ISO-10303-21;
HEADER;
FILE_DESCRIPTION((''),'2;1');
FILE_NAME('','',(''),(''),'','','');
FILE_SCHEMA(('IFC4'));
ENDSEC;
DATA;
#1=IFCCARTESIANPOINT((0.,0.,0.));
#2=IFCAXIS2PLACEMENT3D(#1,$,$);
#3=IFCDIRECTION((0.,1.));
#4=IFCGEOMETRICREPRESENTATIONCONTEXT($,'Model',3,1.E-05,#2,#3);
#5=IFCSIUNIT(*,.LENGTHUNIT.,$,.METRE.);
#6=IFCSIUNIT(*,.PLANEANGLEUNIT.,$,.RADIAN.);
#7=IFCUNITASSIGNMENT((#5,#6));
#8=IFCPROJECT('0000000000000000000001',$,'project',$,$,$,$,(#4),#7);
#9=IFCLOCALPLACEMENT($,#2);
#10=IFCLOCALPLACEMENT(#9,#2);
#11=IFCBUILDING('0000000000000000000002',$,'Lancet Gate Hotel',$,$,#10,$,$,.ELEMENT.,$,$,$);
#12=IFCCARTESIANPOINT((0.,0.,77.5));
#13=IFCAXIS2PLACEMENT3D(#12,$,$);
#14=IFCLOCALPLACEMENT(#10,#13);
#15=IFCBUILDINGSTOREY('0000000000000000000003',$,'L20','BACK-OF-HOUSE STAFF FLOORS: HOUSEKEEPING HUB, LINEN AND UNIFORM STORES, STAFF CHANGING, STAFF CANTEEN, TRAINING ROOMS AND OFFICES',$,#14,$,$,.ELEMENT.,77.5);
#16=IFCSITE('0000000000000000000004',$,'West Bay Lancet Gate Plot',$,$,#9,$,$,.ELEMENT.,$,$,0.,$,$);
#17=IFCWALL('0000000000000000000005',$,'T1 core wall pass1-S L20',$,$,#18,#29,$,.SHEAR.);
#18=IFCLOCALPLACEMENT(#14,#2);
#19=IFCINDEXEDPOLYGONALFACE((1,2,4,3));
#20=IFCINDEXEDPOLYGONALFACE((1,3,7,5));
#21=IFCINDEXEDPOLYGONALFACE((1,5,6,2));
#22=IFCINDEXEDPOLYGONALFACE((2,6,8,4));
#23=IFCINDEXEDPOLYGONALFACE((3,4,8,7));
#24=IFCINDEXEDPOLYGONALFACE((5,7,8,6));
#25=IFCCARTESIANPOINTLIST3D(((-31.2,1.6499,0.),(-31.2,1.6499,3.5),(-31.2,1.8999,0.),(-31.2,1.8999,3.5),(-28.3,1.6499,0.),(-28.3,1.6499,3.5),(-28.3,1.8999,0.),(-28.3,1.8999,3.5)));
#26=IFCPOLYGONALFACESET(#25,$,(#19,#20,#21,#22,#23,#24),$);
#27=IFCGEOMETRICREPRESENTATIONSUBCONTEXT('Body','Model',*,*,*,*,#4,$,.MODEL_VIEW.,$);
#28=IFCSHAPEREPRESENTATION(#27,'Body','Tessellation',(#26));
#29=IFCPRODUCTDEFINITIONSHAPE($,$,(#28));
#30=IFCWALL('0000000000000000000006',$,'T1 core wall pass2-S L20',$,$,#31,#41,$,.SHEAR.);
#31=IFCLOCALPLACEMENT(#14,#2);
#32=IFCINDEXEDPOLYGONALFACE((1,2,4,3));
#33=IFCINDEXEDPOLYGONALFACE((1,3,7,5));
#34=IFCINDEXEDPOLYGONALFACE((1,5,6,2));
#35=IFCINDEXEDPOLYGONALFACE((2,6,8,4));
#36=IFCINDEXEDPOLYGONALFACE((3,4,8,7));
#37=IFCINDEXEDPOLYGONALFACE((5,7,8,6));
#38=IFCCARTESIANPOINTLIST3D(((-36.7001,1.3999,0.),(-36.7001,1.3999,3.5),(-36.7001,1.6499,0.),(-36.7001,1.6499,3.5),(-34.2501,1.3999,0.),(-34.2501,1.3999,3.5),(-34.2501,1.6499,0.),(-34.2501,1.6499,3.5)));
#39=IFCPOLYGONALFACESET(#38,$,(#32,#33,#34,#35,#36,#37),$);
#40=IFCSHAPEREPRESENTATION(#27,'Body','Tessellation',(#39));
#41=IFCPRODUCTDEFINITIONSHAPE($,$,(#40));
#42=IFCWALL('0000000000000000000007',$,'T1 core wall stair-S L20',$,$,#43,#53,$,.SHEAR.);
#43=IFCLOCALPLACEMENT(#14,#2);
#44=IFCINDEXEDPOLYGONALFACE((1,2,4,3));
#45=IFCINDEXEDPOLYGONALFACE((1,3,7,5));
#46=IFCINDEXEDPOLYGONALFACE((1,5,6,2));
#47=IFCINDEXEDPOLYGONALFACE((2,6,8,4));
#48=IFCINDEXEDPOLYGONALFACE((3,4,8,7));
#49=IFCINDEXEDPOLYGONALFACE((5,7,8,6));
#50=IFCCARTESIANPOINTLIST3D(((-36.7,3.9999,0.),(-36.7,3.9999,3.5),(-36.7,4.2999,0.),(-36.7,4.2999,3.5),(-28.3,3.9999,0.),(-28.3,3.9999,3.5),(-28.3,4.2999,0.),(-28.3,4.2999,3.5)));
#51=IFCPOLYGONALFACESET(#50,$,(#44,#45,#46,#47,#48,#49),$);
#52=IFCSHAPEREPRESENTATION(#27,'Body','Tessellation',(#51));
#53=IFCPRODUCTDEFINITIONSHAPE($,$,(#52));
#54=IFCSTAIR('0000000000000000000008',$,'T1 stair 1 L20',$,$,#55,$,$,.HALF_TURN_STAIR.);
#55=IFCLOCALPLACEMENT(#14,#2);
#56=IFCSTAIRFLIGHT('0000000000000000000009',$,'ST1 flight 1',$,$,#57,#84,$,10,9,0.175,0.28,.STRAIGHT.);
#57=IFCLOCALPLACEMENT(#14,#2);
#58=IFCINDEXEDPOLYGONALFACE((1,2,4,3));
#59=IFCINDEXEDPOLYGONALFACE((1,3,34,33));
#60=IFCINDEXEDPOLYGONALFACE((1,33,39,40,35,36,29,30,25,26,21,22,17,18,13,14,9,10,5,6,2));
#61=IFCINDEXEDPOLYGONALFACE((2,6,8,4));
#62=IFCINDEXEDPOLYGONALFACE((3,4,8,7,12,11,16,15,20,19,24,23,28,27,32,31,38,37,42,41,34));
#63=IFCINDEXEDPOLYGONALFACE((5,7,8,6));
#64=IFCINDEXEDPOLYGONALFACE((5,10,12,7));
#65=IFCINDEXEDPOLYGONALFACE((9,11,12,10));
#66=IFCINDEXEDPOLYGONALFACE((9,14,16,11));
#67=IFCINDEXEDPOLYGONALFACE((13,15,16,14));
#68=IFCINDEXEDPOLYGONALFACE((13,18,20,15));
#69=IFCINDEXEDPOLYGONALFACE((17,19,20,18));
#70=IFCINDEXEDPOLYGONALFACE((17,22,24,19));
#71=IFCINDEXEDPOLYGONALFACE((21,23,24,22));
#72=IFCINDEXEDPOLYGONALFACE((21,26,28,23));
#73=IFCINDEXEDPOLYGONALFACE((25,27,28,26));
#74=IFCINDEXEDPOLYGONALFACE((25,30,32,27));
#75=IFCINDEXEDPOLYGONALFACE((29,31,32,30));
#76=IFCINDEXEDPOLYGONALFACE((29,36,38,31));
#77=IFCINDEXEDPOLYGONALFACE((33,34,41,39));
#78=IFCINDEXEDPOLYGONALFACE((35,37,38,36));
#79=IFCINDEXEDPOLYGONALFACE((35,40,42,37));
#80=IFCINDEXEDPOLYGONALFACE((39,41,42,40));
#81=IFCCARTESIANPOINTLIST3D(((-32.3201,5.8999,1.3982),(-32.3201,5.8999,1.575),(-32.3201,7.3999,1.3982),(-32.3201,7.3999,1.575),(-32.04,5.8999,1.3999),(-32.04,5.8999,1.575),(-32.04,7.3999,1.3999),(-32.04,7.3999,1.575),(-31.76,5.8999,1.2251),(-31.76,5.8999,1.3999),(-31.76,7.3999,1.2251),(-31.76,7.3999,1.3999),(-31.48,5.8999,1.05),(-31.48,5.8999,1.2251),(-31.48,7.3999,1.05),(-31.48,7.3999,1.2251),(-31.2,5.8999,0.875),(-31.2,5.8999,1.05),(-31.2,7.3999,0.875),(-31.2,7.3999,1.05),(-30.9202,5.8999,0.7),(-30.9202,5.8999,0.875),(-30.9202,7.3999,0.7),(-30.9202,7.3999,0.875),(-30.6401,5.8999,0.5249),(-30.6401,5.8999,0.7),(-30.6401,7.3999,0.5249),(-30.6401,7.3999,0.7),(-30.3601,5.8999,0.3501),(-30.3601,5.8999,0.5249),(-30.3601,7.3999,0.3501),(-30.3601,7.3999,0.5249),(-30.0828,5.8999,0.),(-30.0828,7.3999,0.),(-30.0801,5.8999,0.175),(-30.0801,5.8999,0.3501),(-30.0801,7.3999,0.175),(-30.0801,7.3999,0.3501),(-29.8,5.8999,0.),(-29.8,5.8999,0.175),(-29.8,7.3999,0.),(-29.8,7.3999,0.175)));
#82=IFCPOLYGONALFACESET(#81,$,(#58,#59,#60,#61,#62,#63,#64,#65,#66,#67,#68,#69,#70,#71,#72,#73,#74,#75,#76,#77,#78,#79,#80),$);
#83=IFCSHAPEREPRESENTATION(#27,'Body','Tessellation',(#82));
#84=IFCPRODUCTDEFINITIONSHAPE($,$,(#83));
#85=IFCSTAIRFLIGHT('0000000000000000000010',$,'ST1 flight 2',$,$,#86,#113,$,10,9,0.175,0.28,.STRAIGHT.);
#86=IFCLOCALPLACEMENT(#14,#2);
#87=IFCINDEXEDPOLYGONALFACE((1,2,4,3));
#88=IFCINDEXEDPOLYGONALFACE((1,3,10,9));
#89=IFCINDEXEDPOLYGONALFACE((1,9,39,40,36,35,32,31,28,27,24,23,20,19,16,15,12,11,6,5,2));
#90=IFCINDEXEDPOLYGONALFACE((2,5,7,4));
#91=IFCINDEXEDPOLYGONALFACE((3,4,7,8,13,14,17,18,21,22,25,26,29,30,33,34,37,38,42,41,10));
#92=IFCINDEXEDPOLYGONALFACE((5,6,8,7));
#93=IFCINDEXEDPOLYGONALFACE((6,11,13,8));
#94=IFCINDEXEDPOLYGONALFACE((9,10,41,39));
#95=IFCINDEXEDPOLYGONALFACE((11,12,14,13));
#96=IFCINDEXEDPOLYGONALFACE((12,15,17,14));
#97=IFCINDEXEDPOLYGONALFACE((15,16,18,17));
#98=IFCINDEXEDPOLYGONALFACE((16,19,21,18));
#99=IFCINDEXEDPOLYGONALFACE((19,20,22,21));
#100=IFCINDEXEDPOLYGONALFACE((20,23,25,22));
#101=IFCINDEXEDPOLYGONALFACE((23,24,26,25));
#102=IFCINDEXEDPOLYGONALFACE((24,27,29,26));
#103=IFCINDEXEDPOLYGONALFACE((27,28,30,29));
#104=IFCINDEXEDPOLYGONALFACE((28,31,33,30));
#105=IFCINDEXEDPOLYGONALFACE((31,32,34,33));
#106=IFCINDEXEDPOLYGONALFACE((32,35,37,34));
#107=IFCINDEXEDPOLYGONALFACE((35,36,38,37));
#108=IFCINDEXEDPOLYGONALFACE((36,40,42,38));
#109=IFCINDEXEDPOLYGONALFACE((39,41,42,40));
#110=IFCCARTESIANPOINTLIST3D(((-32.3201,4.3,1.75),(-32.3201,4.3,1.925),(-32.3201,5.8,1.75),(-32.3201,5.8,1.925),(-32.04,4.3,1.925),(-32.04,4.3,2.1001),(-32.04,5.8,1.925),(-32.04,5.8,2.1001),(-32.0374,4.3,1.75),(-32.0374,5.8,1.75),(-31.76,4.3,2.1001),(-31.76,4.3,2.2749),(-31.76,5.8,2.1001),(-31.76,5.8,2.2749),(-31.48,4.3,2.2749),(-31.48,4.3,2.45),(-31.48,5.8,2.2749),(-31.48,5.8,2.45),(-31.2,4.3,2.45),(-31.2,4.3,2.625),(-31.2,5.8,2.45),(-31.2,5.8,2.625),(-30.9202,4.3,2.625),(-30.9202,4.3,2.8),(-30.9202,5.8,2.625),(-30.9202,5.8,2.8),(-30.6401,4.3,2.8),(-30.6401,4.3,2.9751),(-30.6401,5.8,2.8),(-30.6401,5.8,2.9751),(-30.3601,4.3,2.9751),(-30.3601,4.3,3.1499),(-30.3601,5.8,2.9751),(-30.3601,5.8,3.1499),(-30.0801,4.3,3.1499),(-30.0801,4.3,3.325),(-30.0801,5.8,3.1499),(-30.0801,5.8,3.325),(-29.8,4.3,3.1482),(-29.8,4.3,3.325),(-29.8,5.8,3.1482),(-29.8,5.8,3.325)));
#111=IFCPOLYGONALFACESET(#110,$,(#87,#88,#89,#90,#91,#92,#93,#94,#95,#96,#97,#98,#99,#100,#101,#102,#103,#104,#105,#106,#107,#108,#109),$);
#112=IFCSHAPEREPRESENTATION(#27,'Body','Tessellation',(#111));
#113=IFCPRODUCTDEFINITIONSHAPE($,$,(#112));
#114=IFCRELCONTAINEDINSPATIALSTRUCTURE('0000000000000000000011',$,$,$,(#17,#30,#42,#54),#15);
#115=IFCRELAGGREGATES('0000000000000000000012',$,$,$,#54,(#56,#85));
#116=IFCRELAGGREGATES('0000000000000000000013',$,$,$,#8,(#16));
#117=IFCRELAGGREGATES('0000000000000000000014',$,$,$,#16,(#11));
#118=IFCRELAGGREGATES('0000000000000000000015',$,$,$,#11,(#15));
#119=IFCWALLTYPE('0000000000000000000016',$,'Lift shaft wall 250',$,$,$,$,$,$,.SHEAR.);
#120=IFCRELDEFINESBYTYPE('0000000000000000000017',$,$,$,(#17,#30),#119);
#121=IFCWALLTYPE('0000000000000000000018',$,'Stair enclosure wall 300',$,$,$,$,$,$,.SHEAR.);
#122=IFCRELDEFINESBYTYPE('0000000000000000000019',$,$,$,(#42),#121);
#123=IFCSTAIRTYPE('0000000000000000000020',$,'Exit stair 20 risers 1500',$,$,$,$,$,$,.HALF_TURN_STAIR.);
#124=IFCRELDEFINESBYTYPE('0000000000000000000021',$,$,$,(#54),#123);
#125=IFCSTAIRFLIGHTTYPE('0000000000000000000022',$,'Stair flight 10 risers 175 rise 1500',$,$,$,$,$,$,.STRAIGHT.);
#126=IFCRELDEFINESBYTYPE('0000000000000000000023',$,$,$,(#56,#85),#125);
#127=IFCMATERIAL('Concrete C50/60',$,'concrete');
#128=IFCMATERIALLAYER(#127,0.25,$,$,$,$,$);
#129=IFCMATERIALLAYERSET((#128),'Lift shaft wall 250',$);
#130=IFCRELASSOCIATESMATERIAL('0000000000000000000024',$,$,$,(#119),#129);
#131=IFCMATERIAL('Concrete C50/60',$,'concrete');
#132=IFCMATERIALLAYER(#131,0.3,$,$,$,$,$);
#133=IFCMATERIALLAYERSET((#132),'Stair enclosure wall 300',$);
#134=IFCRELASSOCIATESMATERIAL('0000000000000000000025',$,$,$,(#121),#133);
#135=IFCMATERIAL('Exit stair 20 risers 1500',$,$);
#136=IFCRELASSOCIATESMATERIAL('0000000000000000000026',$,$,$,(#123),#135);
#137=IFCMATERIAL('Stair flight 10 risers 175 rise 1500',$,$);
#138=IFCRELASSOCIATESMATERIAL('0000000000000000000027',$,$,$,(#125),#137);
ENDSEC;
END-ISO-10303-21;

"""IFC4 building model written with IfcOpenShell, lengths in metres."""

from ifc_helpers import new_model, si_unit, direction, frame, frame_2d, origin, place, context, subcontext, project, spatial, polyline, rectangle, outline, extrude, material, layer, layer_set, type_object, element, aggregate, save


model = new_model("IFC4")

# Units and contexts
model_context = context("Model", 3, precision=1e-05, world=origin(), true_north=direction((0.0, 1.0)))
body_context = subcontext(model_context, "Body", "Model", "MODEL_VIEW")
ifc_project = project(units=[si_unit("LENGTHUNIT", "METRE"), si_unit("PLANEANGLEUNIT", "RADIAN")], contexts=[model_context])

# Site, building, storey
site_placement = place(None, origin())
site = spatial("IfcSite", under=ifc_project, at=site_placement, Name="West Bay Lancet Gate Plot", CompositionType="ELEMENT", RefElevation=0.0)
building_placement = place(site_placement, origin())
building = spatial("IfcBuilding", under=site, at=building_placement, Name="Lancet Gate Hotel", CompositionType="ELEMENT")
storey_placement = place(building_placement, frame((0.0, 0.0, 77.5)))
storey = spatial("IfcBuildingStorey", under=building, at=storey_placement, Name="L20", Description="BACK-OF-HOUSE STAFF FLOORS: HOUSEKEEPING HUB, LINEN AND UNIFORM STORES, STAFF CHANGING, STAFF CANTEEN, TRAINING ROOMS AND OFFICES", CompositionType="ELEMENT", Elevation=77.5)

# Shared definitions
ifc_material_1 = material(Name="Concrete C50/60", Category="concrete")
ifc_layer_1 = layer(ifc_material_1, 0.25)
ifc_layer_set_1 = layer_set([ifc_layer_1], Name="Lift shaft wall 250")
wall_type_1 = type_object("IfcWallType", Name="Lift shaft wall 250", PredefinedType="SHEAR", material=ifc_layer_set_1)

# Walls
wall_1_placement = place(storey_placement, frame((-28.3, 1.7749, 0.0), z_axis=(0.0, 0.0, 1.0), x_axis=(-1.0, 0.0, 0.0)))
element("IfcWall", 1, at=wall_1_placement, inside=storey, type_object=wall_type_1, Name="T1 core wall pass1-S L20", PredefinedType="SHEAR", context=body_context, shape_type="SweptSolid", body=[
    extrude(rectangle(XDim=2.8999, YDim=0.25, at=frame_2d((1.45, 0.0))), origin(), (0.0, 0.0, 1.0), 3.5),
])
wall_2_placement = place(storey_placement, frame((-34.25, 1.5249, 0.0), z_axis=(0.0, 0.0, 1.0), x_axis=(-1.0, 0.0, 0.0)))
element("IfcWall", 2, at=wall_2_placement, inside=storey, type_object=wall_type_1, Name="T1 core wall pass2-S L20", PredefinedType="SHEAR", context=body_context, shape_type="SweptSolid", body=[
    extrude(rectangle(XDim=2.45, YDim=0.25, at=frame_2d((1.2251, 0.0))), origin(), (0.0, 0.0, 1.0), 3.5),
])
ifc_material_2 = material(Name="Concrete C50/60", Category="concrete")
ifc_layer_2 = layer(ifc_material_2, 0.3)
ifc_layer_set_2 = layer_set([ifc_layer_2], Name="Stair enclosure wall 300")
wall_type_2 = type_object("IfcWallType", Name="Stair enclosure wall 300", PredefinedType="SHEAR", material=ifc_layer_set_2)
wall_3_placement = place(storey_placement, frame((-28.3, 4.1499, 0.0), z_axis=(0.0, 0.0, 1.0), x_axis=(-1.0, 0.0, 0.0)))
element("IfcWall", 3, at=wall_3_placement, inside=storey, type_object=wall_type_2, Name="T1 core wall stair-S L20", PredefinedType="SHEAR", context=body_context, shape_type="SweptSolid", body=[
    extrude(rectangle(XDim=8.3999, YDim=0.3, at=frame_2d((4.2, 0.0))), origin(), (0.0, 0.0, 1.0), 3.5),
])

# Stair, stair flights
ifc_material_3 = material(Name="Exit stair 20 risers 1500")
stair_type = type_object("IfcStairType", Name="Exit stair 20 risers 1500", PredefinedType="HALF_TURN_STAIR", material=ifc_material_3)
stair_placement = place(storey_placement, origin())
stair = element("IfcStair", 4, at=stair_placement, inside=storey, type_object=stair_type, Name="T1 stair 1 L20", PredefinedType="HALF_TURN_STAIR")
ifc_material_4 = material(Name="Stair flight 10 risers 175 rise 1500")
stair_flight_type = type_object("IfcStairFlightType", Name="Stair flight 10 risers 175 rise 1500", PredefinedType="STRAIGHT", material=ifc_material_4)
stair_flight_1_placement = place(storey_placement, frame((-29.8, 6.6499, 0.0), z_axis=(0.0, 0.0, 1.0), x_axis=(-1.0, 0.0, 0.0)))
stair_flight_1 = element("IfcStairFlight", 5, at=stair_flight_1_placement, type_object=stair_flight_type, Name="ST1 flight 1", NumberOfRisers=10, NumberOfTreads=9, PredefinedType="STRAIGHT", RiserHeight=0.175, TreadLength=0.28, context=body_context, shape_type="SweptSolid", body=[
    extrude(outline(polyline([(0.0, 0.0), (0.0, 0.175), (0.28, 0.175), (0.28, 0.3501), (0.5601, 0.3501), (0.5601, 0.5249), (0.8401, 0.5249), (0.8401, 0.7), (1.1201, 0.7), (1.1201, 0.875), (1.3999, 0.875), (1.3999, 1.05), (1.6799, 1.05), (1.6799, 1.2251), (1.96, 1.2251), (1.96, 1.3999), (2.24, 1.3999), (2.24, 1.575), (2.52, 1.575), (2.52, 1.75), (2.52, 1.3982), (0.2827, 0.0), (0.0, 0.0)])), frame((0.0, 0.75, 0.0), z_axis=(0.0, -1.0, 0.0), x_axis=(1.0, 0.0, 0.0)), (0.0, 0.0, 1.0), 1.5),
])
stair_flight_2_placement = place(storey_placement, frame((-32.3201, 5.05, 1.75), z_axis=(0.0, 0.0, 1.0), x_axis=(1.0, 0.0, 0.0)))
stair_flight_2 = element("IfcStairFlight", 6, at=stair_flight_2_placement, type_object=stair_flight_type, Name="ST1 flight 2", NumberOfRisers=10, NumberOfTreads=9, PredefinedType="STRAIGHT", RiserHeight=0.175, TreadLength=0.28, context=body_context, shape_type="SweptSolid", body=[
    extrude(outline(polyline([(0.0, 0.0), (0.0, 0.175), (0.28, 0.175), (0.28, 0.3501), (0.5601, 0.3501), (0.5601, 0.5249), (0.8401, 0.5249), (0.8401, 0.7), (1.1201, 0.7), (1.1201, 0.875), (1.3999, 0.875), (1.3999, 1.05), (1.6799, 1.05), (1.6799, 1.2251), (1.96, 1.2251), (1.96, 1.3999), (2.24, 1.3999), (2.24, 1.575), (2.52, 1.575), (2.52, 1.75), (2.52, 1.3982), (0.2827, 0.0), (0.0, 0.0)])), frame((0.0, 0.75, 0.0), z_axis=(0.0, -1.0, 0.0), x_axis=(1.0, 0.0, 0.0)), (0.0, 0.0, 1.0), 1.5),
])
aggregate(stair, [stair_flight_1, stair_flight_2])

save(model, "model.ifc")
